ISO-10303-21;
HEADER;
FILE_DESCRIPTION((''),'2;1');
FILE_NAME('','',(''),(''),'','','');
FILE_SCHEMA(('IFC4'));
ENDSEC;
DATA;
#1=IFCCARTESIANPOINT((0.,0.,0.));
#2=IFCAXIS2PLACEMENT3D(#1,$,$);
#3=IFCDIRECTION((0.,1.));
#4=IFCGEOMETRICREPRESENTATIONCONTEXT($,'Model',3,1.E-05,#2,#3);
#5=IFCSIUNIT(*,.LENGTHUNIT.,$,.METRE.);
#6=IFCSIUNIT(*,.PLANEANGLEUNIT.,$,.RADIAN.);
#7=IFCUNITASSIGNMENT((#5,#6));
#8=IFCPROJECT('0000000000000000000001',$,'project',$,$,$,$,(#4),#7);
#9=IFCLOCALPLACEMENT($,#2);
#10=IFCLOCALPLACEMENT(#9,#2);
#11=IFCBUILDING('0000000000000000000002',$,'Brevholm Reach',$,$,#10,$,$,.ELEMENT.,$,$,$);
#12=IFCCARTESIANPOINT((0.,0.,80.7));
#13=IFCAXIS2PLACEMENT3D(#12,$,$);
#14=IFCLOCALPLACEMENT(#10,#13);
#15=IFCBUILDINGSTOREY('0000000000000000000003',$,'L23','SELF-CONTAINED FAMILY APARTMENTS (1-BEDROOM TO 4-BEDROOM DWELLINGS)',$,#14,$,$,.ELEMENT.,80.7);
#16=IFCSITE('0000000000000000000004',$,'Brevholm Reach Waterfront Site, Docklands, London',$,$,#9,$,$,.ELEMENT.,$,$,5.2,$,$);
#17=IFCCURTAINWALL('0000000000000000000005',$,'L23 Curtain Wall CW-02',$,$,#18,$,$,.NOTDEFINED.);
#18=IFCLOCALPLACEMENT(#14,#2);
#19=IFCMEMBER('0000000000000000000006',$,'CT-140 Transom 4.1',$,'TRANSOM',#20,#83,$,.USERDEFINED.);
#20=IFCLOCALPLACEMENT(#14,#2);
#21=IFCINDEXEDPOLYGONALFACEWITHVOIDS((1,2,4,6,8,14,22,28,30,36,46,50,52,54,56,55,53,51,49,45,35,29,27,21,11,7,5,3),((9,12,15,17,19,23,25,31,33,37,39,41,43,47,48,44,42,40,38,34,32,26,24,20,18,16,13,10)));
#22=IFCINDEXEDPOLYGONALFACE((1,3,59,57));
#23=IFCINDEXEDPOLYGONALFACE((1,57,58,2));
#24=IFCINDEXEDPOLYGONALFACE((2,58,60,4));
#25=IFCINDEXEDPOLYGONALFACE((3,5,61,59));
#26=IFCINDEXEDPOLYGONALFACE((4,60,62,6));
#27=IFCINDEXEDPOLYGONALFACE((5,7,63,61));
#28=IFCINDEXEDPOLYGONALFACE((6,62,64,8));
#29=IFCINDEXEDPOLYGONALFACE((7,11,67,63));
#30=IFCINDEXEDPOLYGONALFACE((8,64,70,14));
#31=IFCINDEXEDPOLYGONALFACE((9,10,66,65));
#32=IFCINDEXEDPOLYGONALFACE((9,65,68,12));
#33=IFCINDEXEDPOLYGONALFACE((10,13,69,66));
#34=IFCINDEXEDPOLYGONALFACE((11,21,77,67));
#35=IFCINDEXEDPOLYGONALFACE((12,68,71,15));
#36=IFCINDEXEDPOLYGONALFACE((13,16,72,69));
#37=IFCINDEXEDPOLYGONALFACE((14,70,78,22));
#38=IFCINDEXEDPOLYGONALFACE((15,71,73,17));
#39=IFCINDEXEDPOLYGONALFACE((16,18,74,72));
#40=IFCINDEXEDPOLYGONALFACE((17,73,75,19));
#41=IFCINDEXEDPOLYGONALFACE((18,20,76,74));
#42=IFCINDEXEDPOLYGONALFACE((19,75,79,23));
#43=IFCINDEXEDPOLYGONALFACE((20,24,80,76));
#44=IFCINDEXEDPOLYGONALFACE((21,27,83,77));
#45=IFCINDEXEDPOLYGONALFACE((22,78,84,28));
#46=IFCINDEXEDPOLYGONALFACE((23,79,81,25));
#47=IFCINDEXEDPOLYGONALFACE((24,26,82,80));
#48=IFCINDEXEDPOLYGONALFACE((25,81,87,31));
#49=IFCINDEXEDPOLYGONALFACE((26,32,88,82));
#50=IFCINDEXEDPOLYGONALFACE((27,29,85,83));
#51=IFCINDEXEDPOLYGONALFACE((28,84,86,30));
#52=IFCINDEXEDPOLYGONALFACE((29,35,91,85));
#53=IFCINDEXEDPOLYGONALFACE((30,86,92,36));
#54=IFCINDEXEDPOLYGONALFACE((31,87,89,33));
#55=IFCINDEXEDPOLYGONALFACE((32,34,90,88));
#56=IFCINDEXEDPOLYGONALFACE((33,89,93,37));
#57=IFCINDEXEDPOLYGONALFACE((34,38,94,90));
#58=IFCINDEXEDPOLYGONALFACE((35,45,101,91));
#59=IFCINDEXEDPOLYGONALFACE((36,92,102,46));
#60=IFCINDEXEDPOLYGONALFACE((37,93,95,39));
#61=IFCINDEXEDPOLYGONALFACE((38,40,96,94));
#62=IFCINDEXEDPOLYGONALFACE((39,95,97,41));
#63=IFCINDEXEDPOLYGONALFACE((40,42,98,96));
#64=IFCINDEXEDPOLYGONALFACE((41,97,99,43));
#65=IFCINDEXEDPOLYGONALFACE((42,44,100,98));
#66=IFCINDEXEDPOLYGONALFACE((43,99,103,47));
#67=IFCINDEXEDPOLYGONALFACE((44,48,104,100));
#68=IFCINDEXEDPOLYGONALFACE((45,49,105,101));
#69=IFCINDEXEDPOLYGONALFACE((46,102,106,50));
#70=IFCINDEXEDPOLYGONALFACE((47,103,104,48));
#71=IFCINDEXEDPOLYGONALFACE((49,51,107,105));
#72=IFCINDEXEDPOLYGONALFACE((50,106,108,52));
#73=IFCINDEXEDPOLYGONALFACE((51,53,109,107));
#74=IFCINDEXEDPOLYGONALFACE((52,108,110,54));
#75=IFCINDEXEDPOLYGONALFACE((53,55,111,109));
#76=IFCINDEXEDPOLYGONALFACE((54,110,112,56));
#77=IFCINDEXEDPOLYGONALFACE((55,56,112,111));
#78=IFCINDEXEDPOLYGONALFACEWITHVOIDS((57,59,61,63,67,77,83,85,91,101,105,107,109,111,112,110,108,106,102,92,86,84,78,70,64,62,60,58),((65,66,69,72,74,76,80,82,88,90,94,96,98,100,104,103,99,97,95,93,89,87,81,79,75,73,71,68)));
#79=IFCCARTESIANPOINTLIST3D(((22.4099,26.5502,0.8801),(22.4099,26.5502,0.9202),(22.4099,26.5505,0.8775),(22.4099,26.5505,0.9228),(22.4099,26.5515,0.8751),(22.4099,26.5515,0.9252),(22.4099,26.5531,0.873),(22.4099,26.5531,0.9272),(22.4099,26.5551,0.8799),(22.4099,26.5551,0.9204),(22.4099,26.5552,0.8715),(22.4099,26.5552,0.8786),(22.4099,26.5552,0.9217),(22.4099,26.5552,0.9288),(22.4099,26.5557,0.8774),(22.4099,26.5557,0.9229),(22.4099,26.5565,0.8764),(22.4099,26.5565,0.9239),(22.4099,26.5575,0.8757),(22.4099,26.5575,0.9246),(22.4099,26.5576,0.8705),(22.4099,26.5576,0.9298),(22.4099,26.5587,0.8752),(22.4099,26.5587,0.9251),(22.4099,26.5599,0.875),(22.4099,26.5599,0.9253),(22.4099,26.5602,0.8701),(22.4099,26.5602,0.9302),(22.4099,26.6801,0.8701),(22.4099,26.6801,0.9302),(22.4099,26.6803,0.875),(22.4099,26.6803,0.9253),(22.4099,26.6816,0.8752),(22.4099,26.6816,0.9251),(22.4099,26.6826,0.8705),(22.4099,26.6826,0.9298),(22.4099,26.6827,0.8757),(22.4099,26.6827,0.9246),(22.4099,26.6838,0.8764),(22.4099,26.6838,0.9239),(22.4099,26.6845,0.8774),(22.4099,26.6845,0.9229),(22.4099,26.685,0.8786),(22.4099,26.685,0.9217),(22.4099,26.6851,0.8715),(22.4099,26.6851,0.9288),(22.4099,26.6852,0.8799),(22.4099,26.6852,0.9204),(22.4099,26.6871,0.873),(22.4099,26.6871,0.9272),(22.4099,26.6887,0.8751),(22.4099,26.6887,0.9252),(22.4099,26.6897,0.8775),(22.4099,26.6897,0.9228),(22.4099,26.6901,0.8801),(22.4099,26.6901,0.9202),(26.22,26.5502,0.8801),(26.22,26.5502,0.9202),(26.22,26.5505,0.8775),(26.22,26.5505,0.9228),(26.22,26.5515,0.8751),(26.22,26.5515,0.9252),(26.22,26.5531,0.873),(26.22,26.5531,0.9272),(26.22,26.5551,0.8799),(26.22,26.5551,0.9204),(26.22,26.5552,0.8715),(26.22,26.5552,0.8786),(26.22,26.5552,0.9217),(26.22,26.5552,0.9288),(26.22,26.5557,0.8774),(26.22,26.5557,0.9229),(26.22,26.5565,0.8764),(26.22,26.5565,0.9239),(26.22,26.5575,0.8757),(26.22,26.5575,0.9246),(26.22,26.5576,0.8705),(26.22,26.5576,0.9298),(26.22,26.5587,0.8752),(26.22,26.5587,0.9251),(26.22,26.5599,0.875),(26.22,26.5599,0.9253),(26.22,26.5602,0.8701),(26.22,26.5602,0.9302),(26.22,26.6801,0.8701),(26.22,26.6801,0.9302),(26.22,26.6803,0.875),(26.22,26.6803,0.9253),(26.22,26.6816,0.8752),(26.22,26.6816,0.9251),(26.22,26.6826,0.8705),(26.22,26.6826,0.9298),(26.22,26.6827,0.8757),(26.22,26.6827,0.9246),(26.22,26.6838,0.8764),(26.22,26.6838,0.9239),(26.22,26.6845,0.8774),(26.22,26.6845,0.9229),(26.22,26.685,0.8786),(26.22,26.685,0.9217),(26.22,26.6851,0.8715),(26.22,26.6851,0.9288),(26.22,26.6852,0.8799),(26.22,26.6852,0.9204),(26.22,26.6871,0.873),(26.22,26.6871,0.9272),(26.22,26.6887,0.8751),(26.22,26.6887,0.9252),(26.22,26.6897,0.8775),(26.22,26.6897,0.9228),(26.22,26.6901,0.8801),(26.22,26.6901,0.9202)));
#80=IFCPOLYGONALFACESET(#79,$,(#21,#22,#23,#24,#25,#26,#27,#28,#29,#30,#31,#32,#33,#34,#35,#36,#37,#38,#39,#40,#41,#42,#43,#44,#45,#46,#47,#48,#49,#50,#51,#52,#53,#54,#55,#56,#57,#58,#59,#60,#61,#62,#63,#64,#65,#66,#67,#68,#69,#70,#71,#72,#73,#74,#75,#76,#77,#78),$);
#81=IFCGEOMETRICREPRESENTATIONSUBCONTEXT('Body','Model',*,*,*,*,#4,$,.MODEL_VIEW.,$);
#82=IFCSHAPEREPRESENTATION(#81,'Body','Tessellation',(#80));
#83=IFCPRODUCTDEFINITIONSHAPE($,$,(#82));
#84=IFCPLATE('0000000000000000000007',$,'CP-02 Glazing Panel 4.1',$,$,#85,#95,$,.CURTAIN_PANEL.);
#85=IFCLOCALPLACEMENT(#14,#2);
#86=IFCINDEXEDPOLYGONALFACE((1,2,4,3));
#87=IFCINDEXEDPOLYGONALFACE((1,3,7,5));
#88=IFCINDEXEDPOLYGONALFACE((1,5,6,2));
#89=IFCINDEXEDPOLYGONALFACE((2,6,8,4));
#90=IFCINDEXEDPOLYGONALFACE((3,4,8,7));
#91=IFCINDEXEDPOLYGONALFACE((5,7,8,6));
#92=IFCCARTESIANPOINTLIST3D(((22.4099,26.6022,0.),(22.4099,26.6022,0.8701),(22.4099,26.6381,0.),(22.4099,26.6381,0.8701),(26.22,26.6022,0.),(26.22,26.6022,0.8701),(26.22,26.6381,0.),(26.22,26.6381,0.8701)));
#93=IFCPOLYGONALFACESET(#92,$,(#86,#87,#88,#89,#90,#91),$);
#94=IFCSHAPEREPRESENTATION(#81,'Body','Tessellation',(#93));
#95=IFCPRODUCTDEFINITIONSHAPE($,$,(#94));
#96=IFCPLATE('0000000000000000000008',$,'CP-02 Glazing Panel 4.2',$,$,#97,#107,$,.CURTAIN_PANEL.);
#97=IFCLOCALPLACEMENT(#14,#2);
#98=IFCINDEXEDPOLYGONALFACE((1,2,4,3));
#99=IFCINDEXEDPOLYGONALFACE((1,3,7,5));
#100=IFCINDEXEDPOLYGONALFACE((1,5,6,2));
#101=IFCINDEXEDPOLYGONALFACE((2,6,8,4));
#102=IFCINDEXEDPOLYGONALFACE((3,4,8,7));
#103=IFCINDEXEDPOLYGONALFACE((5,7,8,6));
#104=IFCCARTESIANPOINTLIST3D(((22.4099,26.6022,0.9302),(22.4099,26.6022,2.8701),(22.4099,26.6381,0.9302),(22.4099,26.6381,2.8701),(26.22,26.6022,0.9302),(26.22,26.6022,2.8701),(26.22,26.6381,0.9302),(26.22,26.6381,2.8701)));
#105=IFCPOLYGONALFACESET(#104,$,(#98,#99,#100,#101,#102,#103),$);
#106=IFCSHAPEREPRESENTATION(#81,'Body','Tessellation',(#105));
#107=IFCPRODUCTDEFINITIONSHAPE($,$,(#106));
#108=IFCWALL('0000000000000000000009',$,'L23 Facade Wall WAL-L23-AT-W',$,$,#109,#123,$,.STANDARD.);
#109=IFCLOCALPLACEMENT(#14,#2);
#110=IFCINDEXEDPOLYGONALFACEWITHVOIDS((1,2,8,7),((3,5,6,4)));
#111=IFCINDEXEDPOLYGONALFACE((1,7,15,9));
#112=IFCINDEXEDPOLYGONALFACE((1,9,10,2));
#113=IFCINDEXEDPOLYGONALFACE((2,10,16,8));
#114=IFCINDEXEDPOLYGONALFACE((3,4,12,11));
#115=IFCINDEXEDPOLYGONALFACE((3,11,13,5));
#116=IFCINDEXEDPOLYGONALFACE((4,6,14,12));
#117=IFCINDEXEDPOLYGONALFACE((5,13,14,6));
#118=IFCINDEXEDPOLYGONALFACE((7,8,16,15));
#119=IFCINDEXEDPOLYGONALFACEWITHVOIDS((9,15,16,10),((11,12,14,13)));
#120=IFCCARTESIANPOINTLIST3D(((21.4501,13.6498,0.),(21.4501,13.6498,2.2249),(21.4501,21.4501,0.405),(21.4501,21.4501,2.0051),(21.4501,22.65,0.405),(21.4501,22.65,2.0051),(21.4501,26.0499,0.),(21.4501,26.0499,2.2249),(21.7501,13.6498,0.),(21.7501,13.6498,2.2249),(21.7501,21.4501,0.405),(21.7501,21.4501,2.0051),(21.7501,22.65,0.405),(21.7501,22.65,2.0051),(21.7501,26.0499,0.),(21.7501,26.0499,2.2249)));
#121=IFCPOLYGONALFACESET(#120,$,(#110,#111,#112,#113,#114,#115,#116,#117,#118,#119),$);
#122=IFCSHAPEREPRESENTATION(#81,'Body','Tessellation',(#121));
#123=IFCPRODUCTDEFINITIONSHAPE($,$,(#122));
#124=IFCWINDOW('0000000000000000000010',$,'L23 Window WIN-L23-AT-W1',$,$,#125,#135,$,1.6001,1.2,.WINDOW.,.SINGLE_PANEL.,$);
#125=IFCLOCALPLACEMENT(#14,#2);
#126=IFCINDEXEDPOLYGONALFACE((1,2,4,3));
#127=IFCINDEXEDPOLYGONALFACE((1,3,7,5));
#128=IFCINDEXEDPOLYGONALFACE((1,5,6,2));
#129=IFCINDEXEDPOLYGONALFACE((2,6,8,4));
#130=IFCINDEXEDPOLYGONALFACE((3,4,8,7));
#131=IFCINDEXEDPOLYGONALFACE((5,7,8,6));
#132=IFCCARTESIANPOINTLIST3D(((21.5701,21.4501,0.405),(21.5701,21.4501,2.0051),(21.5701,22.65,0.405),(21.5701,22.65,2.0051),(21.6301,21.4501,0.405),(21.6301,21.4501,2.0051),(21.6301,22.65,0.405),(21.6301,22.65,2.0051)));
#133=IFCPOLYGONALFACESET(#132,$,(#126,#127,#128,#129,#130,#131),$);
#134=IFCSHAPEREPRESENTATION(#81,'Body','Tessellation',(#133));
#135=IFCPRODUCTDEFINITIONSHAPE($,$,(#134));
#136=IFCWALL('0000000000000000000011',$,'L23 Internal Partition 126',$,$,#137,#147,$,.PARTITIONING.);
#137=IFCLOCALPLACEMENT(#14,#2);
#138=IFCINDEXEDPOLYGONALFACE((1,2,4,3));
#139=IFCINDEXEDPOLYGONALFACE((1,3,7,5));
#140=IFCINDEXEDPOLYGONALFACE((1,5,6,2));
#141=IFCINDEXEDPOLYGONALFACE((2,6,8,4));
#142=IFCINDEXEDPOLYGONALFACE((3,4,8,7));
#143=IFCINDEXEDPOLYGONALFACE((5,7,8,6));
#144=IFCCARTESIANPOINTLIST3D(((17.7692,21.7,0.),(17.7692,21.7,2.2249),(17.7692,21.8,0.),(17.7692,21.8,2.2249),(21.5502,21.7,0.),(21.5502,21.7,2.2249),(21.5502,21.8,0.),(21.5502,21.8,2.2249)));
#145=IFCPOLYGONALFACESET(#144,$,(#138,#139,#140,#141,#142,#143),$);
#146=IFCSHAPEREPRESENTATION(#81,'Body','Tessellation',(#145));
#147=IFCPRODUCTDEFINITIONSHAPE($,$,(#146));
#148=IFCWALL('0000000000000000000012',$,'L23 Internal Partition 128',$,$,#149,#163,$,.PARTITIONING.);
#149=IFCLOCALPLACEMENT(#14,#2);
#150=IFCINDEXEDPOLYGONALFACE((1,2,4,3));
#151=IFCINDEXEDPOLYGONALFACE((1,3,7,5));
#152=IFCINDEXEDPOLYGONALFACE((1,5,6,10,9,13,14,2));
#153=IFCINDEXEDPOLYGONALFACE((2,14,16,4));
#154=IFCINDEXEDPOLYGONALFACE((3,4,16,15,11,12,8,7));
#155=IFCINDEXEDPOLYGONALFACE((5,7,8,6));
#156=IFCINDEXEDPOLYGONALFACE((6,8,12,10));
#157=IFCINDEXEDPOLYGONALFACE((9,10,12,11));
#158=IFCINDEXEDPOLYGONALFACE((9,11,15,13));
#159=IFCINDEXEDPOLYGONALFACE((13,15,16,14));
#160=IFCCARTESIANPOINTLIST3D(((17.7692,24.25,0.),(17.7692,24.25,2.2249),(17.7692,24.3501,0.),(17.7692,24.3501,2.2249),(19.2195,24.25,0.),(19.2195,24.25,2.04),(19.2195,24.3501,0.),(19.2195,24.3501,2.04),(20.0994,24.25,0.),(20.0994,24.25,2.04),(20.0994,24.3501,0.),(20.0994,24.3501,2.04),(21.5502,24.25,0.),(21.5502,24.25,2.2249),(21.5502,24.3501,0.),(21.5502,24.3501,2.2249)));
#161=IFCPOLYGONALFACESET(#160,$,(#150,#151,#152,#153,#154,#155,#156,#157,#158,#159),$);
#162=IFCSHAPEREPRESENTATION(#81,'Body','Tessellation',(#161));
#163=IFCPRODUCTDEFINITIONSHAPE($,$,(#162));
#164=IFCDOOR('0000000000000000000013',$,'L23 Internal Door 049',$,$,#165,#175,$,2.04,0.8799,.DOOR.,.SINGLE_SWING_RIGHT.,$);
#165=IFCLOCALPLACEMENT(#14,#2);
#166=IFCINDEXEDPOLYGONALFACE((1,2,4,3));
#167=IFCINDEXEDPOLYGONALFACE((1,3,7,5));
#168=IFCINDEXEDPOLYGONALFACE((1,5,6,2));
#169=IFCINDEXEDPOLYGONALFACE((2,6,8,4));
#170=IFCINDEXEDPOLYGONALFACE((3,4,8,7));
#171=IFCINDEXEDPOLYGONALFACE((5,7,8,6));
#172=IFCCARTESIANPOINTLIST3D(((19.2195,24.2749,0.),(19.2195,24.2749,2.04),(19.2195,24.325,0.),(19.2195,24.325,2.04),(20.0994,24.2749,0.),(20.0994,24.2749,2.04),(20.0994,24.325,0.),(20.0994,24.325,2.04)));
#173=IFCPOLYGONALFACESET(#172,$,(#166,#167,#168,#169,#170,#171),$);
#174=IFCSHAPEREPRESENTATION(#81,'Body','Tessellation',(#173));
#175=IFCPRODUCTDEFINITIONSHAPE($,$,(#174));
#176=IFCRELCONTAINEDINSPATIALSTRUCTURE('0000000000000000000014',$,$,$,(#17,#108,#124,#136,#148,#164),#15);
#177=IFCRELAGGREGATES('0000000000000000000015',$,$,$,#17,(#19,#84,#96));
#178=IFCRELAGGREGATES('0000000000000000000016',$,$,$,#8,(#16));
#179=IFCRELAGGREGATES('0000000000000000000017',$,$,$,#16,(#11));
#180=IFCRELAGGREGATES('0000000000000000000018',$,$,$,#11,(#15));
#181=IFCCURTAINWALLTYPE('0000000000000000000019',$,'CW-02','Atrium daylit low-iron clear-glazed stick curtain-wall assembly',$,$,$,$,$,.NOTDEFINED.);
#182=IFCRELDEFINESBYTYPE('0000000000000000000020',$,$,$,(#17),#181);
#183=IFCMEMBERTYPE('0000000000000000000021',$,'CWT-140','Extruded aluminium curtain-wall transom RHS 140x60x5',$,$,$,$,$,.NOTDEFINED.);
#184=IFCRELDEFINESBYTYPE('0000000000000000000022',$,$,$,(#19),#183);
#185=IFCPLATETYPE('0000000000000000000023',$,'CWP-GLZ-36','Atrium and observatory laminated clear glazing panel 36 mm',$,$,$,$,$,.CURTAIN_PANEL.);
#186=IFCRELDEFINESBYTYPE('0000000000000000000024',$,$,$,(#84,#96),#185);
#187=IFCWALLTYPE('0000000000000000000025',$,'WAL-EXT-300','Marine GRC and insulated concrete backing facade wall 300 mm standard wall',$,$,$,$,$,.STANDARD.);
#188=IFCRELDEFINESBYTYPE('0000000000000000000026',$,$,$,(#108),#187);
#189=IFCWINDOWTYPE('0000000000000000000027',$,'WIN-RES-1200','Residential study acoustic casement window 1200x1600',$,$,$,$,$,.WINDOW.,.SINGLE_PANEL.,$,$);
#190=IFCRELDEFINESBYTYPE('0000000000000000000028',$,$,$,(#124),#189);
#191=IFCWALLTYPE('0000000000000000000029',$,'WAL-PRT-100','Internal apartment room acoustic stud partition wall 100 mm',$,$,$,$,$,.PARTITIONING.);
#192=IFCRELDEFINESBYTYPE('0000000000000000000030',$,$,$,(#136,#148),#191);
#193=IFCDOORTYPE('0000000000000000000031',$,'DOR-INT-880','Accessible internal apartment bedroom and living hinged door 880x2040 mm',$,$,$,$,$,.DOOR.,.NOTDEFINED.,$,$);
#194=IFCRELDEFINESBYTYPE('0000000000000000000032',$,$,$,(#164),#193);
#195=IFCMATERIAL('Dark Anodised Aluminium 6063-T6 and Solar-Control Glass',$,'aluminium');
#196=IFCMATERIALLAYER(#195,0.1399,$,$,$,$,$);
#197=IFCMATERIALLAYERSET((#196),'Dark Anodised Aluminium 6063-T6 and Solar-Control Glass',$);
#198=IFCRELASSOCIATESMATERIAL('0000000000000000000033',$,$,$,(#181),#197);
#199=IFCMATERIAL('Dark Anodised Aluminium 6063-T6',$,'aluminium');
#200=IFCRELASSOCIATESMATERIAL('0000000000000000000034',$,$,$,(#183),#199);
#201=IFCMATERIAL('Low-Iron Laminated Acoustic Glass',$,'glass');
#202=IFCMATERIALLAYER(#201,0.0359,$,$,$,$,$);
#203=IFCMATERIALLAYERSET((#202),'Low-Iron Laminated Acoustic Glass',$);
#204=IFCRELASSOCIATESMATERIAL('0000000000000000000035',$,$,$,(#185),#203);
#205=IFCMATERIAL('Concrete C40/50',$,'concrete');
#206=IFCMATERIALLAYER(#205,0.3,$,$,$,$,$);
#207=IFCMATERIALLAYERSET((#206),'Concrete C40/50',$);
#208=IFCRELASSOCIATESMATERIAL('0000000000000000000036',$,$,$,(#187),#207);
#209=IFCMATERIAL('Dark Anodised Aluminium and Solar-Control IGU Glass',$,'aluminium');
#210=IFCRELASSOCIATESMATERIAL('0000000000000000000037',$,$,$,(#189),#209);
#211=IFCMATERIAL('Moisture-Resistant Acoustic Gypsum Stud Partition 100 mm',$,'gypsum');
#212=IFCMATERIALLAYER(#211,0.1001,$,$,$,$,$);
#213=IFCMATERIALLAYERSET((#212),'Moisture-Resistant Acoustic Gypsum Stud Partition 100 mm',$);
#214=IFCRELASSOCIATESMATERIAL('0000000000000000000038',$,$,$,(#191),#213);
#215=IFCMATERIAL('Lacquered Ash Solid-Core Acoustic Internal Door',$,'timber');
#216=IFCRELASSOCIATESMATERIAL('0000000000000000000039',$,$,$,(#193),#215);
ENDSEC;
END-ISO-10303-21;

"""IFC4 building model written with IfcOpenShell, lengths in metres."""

from ifc_helpers import new_model, si_unit, direction, frame, frame_2d, origin, origin_2d, place, context, subcontext, project, spatial, rectangle, hollow_rectangle, extrude, material, layer, layer_set, material_profile, profile_set, type_object, element, fill, aggregate, save


model = new_model("IFC4")

# Units and contexts
model_context = context("Model", 3, precision=1e-05, world=origin(), true_north=direction((0.0, 1.0)))
body_context = subcontext(model_context, "Body", "Model", "MODEL_VIEW")
ifc_project = project(units=[si_unit("LENGTHUNIT", "METRE"), si_unit("PLANEANGLEUNIT", "RADIAN")], contexts=[model_context])

# Site, building, storey
site_placement = place(None, origin())
site = spatial("IfcSite", under=ifc_project, at=site_placement, Name="Brevholm Reach Waterfront Site, Docklands, London", CompositionType="ELEMENT", RefElevation=5.2)
building_placement = place(site_placement, origin())
building = spatial("IfcBuilding", under=site, at=building_placement, Name="Brevholm Reach", CompositionType="ELEMENT")
storey_placement = place(building_placement, frame((0.0, 0.0, 80.7)))
storey = spatial("IfcBuildingStorey", under=building, at=storey_placement, Name="L23", Description="SELF-CONTAINED FAMILY APARTMENTS (1-BEDROOM TO 4-BEDROOM DWELLINGS)", CompositionType="ELEMENT", Elevation=80.7)

# Curtain wall, member, plates
ifc_material_1 = material(Name="Dark Anodised Aluminium 6063-T6 and Solar-Control Glass", Category="aluminium")
ifc_layer_1 = layer(ifc_material_1, 0.1399)
ifc_layer_set_1 = layer_set([ifc_layer_1], Name="Dark Anodised Aluminium 6063-T6 and Solar-Control Glass")
curtain_wall_type = type_object("IfcCurtainWallType", Name="CW-02", Description="Atrium daylit low-iron clear-glazed stick curtain-wall assembly", PredefinedType="NOTDEFINED", material=ifc_layer_set_1)
curtain_wall_placement = place(storey_placement, origin())
curtain_wall = element("IfcCurtainWall", 1, at=curtain_wall_placement, inside=storey, type_object=curtain_wall_type, Name="L23 Curtain Wall CW-02", PredefinedType="NOTDEFINED")
ifc_material_2 = material(Name="Dark Anodised Aluminium 6063-T6", Category="aluminium")
ifc_material_profile_1 = material_profile(ifc_material_2, hollow_rectangle(XDim=0.0601, YDim=0.1399, WallThickness=0.0049, InnerFilletRadius=0.0049, OuterFilletRadius=0.01, at=origin_2d()), Name="RHS 140x60x5")
ifc_profile_set_1 = profile_set([ifc_material_profile_1], Name="Dark Anodised Aluminium 6063-T6")
member_type_1 = type_object("IfcMemberType", Name="CWT-140", Description="Extruded aluminium curtain-wall transom RHS 140x60x5", PredefinedType="NOTDEFINED", material=ifc_profile_set_1)
member_1_placement = place(storey_placement, frame((26.22, 26.6201, 0.9001), z_axis=(-1.0, 0.0, 0.0), x_axis=(0.0, 0.0, 1.0)))
member_1 = element("IfcMember", 2, at=member_1_placement, type_object=member_type_1, Name="CT-140 Transom 4.1", ObjectType="TRANSOM", PredefinedType="USERDEFINED", context=body_context, shape_type="SweptSolid", body=[
    extrude(hollow_rectangle(XDim=0.0601, YDim=0.1399, WallThickness=0.0049, InnerFilletRadius=0.0049, OuterFilletRadius=0.01, at=origin_2d()), origin(), (0.0, 0.0, 1.0), 3.8101),
])
ifc_material_3 = material(Name="Low-Iron Laminated Acoustic Glass", Category="glass")
ifc_layer_2 = layer(ifc_material_3, 0.0359)
ifc_layer_set_2 = layer_set([ifc_layer_2], Name="Low-Iron Laminated Acoustic Glass")
plate_type = type_object("IfcPlateType", Name="CWP-GLZ-36", Description="Atrium and observatory laminated clear glazing panel 36 mm", PredefinedType="CURTAIN_PANEL", material=ifc_layer_set_2)
plate_1_placement = place(storey_placement, frame((24.3149, 26.6201, 0.0), z_axis=(0.0, 0.0, 1.0), x_axis=(-1.0, 0.0, 0.0)))
plate_1 = element("IfcPlate", 3, at=plate_1_placement, type_object=plate_type, Name="CP-02 Glazing Panel 4.1", PredefinedType="CURTAIN_PANEL", context=body_context, shape_type="SweptSolid", body=[
    extrude(rectangle(XDim=3.8101, YDim=0.0359, at=origin_2d()), origin(), (0.0, 0.0, 1.0), 0.8701),
])
plate_2_placement = place(storey_placement, frame((24.3149, 26.6201, 0.9302), z_axis=(0.0, 0.0, 1.0), x_axis=(-1.0, 0.0, 0.0)))
plate_2 = element("IfcPlate", 4, at=plate_2_placement, type_object=plate_type, Name="CP-02 Glazing Panel 4.2", PredefinedType="CURTAIN_PANEL", context=body_context, shape_type="SweptSolid", body=[
    extrude(rectangle(XDim=3.8101, YDim=0.0359, at=origin_2d()), origin(), (0.0, 0.0, 1.0), 1.9399),
])
aggregate(curtain_wall, [member_1, plate_1, plate_2])

# Wall, opening, window
ifc_material_4 = material(Name="Concrete C40/50", Category="concrete")
ifc_layer_3 = layer(ifc_material_4, 0.3)
ifc_layer_set_3 = layer_set([ifc_layer_3], Name="Concrete C40/50")
wall_type_1 = type_object("IfcWallType", Name="WAL-EXT-300", Description="Marine GRC and insulated concrete backing facade wall 300 mm standard wall", PredefinedType="STANDARD", material=ifc_layer_set_3)
wall_1_placement = place(storey_placement, frame((21.6001, 26.05, 0.0), z_axis=(0.0, 0.0, 1.0), x_axis=(0.0, -1.0, 0.0)))
wall_1 = element("IfcWall", 5, at=wall_1_placement, inside=storey, type_object=wall_type_1, Name="L23 Facade Wall WAL-L23-AT-W", PredefinedType="STANDARD", context=body_context, shape_type="SweptSolid", body=[
    extrude(rectangle(XDim=12.4001, YDim=0.3, at=frame_2d((6.2002, 0.0))), origin(), (0.0, 0.0, 1.0), 2.2249),
])
opening_1_placement = place(wall_1_placement, frame((3.3999, 0.0, 0.405)))
opening_1 = element("IfcOpeningElement", 6, at=opening_1_placement, cuts=wall_1, PredefinedType="OPENING", context=body_context, shape_type="SweptSolid", body=[
    extrude(rectangle(XDim=1.2, YDim=1.6001, at=frame_2d((0.6001, 0.8))), frame((0.0, 0.1599, 0.0), z_axis=(0.0, -1.0, 0.0), x_axis=(1.0, 0.0, 0.0)), (0.0, 0.0, 1.0), 0.3201),
])
ifc_material_5 = material(Name="Dark Anodised Aluminium and Solar-Control IGU Glass", Category="aluminium")
window_type = type_object("IfcWindowType", Name="WIN-RES-1200", Description="Residential study acoustic casement window 1200x1600", PartitioningType="SINGLE_PANEL", PredefinedType="WINDOW", material=ifc_material_5)
window_placement = place(opening_1_placement, origin())
window = element("IfcWindow", 7, at=window_placement, inside=storey, type_object=window_type, Name="L23 Window WIN-L23-AT-W1", OverallHeight=1.6001, OverallWidth=1.2, PartitioningType="SINGLE_PANEL", PredefinedType="WINDOW", context=body_context, shape_type="SweptSolid", body=[
    extrude(rectangle(XDim=1.2, YDim=1.6001, at=frame_2d((0.6001, 0.8))), frame((0.0, 0.03, 0.0), z_axis=(0.0, -1.0, 0.0), x_axis=(1.0, 0.0, 0.0)), (0.0, 0.0, 1.0), 0.0601),
])
fill(opening_1, window)

# Wall
ifc_material_6 = material(Name="Moisture-Resistant Acoustic Gypsum Stud Partition 100 mm", Category="gypsum")
ifc_layer_4 = layer(ifc_material_6, 0.1001)
ifc_layer_set_4 = layer_set([ifc_layer_4], Name="Moisture-Resistant Acoustic Gypsum Stud Partition 100 mm")
wall_type_2 = type_object("IfcWallType", Name="WAL-PRT-100", Description="Internal apartment room acoustic stud partition wall 100 mm", PredefinedType="PARTITIONING", material=ifc_layer_set_4)
wall_2_placement = place(storey_placement, frame((17.769, 21.75, 0.0), z_axis=(0.0, 0.0, 1.0), x_axis=(1.0, 0.0, 0.0)))
element("IfcWall", 8, at=wall_2_placement, inside=storey, type_object=wall_type_2, Name="L23 Internal Partition 126", PredefinedType="PARTITIONING", context=body_context, shape_type="SweptSolid", body=[
    extrude(rectangle(XDim=3.781, YDim=0.1001, at=frame_2d((1.8906, 0.0))), origin(), (0.0, 0.0, 1.0), 2.2249),
])

# Wall, opening, door
wall_3_placement = place(storey_placement, frame((17.769, 24.3, 0.0), z_axis=(0.0, 0.0, 1.0), x_axis=(1.0, 0.0, 0.0)))
wall_3 = element("IfcWall", 9, at=wall_3_placement, inside=storey, type_object=wall_type_2, Name="L23 Internal Partition 128", PredefinedType="PARTITIONING", context=body_context, shape_type="SweptSolid", body=[
    extrude(rectangle(XDim=3.781, YDim=0.1001, at=frame_2d((1.8906, 0.0))), origin(), (0.0, 0.0, 1.0), 2.2249),
])
opening_2_placement = place(wall_3_placement, frame((1.4504, 0.0, 0.0)))
opening_2 = element("IfcOpeningElement", 10, at=opening_2_placement, cuts=wall_3, PredefinedType="OPENING", context=body_context, shape_type="SweptSolid", body=[
    extrude(rectangle(XDim=0.8799, YDim=2.04, at=frame_2d((0.4399, 1.02))), frame((0.0, 0.0601, 0.0), z_axis=(0.0, -1.0, 0.0), x_axis=(1.0, 0.0, 0.0)), (0.0, 0.0, 1.0), 0.1201),
])
ifc_material_7 = material(Name="Lacquered Ash Solid-Core Acoustic Internal Door", Category="timber")
door_type_1 = type_object("IfcDoorType", Name="DOR-INT-880", Description="Accessible internal apartment bedroom and living hinged door 880x2040 mm", OperationType="NOTDEFINED", PredefinedType="DOOR", material=ifc_material_7)
door_1_placement = place(opening_2_placement, origin())
door_1 = element("IfcDoor", 11, at=door_1_placement, inside=storey, type_object=door_type_1, Name="L23 Internal Door 049", OperationType="SINGLE_SWING_RIGHT", OverallHeight=2.04, OverallWidth=0.8799, PredefinedType="DOOR", context=body_context, shape_type="SweptSolid", body=[
    extrude(rectangle(XDim=0.8799, YDim=2.04, at=frame_2d((0.4399, 1.02))), frame((0.0, 0.0249, 0.0), z_axis=(0.0, -1.0, 0.0), x_axis=(1.0, 0.0, 0.0)), (0.0, 0.0, 1.0), 0.05),
])
fill(opening_2, door_1)

save(model, "model.ifc")
